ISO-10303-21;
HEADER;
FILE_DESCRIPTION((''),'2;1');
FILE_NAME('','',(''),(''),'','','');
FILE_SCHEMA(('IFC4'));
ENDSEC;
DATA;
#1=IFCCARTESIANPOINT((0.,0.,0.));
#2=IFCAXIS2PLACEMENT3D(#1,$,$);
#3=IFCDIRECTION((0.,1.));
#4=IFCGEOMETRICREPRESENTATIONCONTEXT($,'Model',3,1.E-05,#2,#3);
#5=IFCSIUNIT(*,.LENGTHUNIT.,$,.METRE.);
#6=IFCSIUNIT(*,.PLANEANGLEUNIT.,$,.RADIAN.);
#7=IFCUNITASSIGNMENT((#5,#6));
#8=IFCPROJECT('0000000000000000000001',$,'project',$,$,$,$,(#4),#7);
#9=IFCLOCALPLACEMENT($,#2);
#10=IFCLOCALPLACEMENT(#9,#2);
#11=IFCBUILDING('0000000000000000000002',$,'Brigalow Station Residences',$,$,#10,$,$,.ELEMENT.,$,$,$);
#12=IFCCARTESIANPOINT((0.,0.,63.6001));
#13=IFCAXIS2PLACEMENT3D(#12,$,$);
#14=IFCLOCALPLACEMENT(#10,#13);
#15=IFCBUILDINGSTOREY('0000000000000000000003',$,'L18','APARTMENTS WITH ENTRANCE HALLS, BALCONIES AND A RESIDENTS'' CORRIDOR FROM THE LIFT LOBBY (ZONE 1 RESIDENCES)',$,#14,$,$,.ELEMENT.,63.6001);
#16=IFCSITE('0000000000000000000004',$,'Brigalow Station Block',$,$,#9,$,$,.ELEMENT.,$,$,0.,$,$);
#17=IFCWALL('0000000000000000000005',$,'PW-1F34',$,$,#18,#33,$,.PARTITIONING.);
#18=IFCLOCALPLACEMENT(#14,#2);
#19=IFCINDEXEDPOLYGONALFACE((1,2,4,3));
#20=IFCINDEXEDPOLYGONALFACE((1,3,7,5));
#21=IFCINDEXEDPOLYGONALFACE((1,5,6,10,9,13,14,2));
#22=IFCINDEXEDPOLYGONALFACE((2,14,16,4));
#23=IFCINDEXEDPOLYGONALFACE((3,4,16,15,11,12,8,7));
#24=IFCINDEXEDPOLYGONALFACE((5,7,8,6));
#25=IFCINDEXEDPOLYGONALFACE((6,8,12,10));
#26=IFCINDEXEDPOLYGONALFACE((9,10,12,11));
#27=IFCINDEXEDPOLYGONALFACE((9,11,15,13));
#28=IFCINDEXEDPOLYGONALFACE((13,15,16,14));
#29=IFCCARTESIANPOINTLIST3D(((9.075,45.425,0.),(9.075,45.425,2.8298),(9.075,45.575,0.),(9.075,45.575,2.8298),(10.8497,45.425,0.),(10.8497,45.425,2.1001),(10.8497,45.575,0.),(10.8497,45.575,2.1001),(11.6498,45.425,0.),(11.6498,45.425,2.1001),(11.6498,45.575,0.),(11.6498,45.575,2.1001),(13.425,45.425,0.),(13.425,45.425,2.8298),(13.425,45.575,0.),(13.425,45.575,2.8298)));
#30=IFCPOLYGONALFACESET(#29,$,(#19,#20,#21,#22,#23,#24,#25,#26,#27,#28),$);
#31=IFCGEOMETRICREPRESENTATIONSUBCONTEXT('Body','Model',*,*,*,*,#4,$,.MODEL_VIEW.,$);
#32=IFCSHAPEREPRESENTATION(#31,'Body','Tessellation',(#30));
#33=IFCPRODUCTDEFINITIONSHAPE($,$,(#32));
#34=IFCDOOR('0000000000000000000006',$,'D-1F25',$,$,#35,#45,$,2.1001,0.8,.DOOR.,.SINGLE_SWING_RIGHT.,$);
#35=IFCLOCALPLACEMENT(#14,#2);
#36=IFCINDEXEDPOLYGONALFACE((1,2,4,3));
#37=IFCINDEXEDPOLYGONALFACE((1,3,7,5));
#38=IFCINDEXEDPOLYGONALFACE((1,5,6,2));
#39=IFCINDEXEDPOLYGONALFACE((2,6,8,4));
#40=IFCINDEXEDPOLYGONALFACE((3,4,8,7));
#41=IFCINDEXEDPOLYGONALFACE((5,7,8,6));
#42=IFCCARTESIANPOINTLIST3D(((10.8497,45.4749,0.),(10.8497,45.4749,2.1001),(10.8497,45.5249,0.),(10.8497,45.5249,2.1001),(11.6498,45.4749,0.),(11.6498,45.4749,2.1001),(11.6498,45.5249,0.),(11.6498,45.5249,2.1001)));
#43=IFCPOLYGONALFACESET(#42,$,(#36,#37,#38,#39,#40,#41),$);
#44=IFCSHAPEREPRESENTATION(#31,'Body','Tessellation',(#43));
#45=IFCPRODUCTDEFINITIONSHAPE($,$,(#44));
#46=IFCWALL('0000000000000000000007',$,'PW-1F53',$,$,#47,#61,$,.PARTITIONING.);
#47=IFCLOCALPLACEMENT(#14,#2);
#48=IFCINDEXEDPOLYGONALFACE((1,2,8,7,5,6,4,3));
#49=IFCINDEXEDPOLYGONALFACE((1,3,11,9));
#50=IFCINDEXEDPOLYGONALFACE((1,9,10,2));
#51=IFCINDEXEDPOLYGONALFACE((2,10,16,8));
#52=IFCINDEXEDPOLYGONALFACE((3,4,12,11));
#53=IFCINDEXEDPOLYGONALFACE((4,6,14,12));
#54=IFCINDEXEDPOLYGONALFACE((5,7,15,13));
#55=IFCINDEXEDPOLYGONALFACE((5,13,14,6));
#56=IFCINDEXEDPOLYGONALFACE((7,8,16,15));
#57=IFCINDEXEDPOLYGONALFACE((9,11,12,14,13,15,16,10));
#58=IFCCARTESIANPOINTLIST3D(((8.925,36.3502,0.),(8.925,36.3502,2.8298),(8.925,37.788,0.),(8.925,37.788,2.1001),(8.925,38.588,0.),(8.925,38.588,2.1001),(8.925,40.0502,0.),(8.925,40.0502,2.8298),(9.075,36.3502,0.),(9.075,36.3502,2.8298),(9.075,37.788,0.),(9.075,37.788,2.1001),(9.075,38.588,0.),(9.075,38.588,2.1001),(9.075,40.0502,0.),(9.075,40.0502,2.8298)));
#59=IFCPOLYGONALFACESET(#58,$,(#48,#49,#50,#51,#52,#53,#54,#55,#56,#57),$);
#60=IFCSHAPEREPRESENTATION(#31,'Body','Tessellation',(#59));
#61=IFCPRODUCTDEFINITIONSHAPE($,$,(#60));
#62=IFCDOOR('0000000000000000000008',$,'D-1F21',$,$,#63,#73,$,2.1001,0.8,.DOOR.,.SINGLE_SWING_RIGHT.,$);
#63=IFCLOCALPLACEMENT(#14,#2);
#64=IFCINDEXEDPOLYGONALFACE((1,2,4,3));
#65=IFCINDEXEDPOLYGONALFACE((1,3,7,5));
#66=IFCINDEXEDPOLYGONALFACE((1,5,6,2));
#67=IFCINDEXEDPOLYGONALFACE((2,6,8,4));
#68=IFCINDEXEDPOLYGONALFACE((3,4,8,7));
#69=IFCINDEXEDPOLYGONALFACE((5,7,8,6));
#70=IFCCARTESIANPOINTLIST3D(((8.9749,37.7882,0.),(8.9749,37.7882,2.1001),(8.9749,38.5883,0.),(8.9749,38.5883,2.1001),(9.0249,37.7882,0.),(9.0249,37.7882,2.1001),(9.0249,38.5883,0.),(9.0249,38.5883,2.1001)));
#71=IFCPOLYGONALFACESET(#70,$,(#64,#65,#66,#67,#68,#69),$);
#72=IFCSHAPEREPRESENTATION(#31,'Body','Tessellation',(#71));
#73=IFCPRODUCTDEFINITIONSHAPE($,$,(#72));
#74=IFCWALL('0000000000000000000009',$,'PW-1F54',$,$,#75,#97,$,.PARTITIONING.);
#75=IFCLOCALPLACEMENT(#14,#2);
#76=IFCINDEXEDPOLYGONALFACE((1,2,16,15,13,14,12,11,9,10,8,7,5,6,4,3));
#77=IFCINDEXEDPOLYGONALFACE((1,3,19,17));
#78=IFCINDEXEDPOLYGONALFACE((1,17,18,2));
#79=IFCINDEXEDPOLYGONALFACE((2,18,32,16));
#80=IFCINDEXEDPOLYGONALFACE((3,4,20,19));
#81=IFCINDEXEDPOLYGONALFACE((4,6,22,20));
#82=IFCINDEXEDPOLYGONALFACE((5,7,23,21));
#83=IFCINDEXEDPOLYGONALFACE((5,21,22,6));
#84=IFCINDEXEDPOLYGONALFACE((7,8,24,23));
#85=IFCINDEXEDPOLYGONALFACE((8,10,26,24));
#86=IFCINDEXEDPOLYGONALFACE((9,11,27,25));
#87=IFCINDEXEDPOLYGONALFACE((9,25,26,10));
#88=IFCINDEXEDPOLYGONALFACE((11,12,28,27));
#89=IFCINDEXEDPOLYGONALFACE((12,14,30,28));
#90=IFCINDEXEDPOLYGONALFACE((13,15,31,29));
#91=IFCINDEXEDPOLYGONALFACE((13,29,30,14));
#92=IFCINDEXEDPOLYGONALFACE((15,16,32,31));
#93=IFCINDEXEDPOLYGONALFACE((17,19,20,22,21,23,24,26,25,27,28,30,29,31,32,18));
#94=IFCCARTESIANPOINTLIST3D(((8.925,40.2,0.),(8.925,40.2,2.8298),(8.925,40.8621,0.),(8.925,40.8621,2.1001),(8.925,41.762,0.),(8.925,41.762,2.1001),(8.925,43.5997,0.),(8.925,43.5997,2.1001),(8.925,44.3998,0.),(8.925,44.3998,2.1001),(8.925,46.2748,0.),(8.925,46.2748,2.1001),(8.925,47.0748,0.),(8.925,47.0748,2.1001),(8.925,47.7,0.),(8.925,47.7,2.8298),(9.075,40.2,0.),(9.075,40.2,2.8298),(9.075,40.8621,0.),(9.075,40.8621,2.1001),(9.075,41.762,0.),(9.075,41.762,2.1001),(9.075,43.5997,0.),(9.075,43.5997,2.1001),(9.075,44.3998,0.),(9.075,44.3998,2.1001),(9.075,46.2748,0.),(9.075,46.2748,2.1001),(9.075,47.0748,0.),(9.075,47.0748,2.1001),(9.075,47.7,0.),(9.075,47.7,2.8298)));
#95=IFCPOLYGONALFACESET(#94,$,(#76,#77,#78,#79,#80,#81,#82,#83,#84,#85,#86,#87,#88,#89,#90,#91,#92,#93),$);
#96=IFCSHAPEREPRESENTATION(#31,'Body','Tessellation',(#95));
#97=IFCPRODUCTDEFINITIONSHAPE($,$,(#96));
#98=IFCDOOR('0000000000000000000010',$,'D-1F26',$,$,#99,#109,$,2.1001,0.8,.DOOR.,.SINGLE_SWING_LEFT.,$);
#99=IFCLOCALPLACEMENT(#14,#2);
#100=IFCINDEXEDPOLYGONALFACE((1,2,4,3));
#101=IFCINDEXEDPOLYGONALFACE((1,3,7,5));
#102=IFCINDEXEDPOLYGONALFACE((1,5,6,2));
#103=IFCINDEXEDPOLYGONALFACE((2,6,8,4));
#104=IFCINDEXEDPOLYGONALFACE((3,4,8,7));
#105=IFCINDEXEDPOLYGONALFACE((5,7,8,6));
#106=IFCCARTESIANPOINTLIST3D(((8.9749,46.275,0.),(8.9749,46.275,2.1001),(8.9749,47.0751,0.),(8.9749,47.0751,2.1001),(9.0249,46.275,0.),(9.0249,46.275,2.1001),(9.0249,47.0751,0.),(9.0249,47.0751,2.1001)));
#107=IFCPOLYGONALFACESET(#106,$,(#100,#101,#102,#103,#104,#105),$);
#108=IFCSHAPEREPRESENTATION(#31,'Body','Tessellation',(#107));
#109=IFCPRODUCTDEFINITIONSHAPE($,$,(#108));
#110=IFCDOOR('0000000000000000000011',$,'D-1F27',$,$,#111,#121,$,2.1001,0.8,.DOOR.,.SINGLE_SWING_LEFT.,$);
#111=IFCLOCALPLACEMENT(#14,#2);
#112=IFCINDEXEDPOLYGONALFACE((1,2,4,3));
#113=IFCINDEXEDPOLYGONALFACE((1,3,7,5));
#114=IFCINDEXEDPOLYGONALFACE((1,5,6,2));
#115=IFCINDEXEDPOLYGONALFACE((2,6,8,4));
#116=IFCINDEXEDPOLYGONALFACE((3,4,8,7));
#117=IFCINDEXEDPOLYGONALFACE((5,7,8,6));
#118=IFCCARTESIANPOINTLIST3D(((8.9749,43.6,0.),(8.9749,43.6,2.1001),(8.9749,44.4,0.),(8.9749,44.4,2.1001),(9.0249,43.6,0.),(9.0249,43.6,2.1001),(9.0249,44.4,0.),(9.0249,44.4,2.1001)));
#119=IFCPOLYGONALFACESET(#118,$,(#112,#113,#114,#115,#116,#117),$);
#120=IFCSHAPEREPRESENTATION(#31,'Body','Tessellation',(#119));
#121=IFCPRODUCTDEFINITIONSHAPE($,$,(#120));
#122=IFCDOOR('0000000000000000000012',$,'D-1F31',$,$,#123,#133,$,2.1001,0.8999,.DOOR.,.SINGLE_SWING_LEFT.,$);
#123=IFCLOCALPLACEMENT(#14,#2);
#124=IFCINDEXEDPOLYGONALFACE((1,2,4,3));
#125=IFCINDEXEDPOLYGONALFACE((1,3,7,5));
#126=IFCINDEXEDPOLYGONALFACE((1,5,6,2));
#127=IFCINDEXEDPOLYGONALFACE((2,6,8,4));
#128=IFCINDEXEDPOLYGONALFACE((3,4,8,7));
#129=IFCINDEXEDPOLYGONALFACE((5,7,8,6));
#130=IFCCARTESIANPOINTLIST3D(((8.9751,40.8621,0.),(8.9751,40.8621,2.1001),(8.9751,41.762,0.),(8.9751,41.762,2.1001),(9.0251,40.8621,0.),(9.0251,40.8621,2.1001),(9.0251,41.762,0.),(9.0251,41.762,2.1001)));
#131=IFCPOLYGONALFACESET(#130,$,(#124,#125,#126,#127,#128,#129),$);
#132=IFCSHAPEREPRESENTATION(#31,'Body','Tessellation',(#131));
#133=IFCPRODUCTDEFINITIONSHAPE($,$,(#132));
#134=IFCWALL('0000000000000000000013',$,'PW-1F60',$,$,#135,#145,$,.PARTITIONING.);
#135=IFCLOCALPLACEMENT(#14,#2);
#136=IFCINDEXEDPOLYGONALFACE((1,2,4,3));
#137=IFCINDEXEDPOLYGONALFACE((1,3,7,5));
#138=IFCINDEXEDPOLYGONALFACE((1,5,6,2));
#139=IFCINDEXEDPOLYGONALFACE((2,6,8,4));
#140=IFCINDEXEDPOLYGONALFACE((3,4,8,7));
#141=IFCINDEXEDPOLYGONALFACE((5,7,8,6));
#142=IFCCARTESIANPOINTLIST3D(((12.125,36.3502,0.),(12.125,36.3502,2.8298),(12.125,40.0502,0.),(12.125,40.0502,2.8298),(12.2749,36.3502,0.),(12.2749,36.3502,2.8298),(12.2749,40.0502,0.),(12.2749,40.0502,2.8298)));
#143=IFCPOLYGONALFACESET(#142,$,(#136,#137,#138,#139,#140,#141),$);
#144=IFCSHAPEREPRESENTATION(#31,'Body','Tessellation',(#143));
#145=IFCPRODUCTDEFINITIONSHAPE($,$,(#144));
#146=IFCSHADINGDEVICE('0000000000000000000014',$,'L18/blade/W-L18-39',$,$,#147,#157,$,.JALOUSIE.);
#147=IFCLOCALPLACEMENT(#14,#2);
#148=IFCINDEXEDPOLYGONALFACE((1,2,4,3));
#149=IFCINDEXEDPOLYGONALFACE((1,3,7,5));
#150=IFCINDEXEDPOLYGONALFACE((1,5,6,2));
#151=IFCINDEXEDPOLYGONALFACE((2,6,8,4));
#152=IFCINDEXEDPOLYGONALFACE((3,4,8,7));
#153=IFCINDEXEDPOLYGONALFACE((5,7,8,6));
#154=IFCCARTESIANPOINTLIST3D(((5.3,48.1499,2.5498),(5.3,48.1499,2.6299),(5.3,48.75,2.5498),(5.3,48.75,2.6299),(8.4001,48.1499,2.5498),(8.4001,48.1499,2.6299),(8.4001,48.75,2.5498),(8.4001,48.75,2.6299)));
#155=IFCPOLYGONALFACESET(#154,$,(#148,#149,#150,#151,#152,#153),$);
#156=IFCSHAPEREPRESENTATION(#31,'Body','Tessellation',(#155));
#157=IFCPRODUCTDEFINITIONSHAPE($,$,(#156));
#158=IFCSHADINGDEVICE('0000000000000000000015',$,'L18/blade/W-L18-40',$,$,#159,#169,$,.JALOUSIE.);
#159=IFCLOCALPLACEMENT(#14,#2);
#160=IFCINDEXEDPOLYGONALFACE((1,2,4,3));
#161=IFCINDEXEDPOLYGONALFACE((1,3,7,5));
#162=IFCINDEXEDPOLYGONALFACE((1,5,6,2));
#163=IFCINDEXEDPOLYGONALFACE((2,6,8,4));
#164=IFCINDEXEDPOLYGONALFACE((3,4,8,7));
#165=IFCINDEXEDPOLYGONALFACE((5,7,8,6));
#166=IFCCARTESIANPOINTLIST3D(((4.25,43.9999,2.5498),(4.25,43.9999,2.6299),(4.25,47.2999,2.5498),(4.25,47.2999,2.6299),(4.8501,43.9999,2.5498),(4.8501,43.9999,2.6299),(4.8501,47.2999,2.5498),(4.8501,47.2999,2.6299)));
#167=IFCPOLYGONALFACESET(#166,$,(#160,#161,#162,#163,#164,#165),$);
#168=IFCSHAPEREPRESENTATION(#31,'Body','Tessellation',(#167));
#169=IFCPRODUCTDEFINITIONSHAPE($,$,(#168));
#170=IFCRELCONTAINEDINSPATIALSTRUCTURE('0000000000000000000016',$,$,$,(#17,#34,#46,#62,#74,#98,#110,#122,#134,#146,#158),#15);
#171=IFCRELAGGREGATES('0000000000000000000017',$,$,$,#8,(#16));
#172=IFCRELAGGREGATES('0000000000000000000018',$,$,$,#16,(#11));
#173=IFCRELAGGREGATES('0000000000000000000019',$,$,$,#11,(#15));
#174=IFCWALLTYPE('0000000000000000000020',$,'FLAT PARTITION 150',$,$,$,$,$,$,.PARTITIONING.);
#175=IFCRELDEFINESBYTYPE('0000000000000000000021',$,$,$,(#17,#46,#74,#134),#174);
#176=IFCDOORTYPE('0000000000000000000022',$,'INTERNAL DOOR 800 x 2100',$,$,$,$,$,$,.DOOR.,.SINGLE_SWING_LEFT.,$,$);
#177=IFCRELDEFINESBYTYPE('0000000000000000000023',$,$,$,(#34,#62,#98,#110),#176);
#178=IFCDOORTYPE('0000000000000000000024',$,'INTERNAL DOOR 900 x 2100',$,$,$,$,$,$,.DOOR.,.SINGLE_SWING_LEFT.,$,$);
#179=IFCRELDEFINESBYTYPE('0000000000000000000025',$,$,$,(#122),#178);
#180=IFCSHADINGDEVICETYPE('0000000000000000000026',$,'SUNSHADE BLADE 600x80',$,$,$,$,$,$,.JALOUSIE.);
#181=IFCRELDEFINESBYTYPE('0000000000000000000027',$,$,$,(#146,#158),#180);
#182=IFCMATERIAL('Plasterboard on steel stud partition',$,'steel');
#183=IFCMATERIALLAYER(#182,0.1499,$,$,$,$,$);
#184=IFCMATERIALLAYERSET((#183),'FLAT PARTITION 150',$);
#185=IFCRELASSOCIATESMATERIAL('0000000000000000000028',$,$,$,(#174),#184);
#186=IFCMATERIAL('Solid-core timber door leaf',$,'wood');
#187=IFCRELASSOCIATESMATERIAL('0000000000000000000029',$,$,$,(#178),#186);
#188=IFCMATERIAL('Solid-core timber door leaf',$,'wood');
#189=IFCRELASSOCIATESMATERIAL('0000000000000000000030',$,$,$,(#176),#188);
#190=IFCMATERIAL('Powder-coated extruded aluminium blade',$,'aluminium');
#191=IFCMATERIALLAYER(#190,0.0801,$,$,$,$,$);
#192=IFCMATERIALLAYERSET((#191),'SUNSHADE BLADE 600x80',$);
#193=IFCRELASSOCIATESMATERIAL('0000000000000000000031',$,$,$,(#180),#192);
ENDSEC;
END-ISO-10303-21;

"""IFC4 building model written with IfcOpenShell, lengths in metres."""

from ifc_helpers import new_model, si_unit, direction, frame, frame_2d, origin, origin_2d, place, context, subcontext, project, spatial, rectangle, extrude, material, layer, layer_set, type_object, element, fill, save


model = new_model("IFC4")

# Units and contexts
model_context = context("Model", 3, precision=1e-05, world=origin(), true_north=direction((0.0, 1.0)))
body_context = subcontext(model_context, "Body", "Model", "MODEL_VIEW")
ifc_project = project(units=[si_unit("LENGTHUNIT", "METRE"), si_unit("PLANEANGLEUNIT", "RADIAN")], contexts=[model_context])

# Site, building, storey
site_placement = place(None, origin())
site = spatial("IfcSite", under=ifc_project, at=site_placement, Name="Brigalow Station Block", CompositionType="ELEMENT", RefElevation=0.0)
building_placement = place(site_placement, origin())
building = spatial("IfcBuilding", under=site, at=building_placement, Name="Brigalow Station Residences", CompositionType="ELEMENT")
storey_placement = place(building_placement, frame((0.0, 0.0, 63.6001)))
storey = spatial("IfcBuildingStorey", under=building, at=storey_placement, Name="L18", Description="APARTMENTS WITH ENTRANCE HALLS, BALCONIES AND A RESIDENTS' CORRIDOR FROM THE LIFT LOBBY (ZONE 1 RESIDENCES)", CompositionType="ELEMENT", Elevation=63.6001)

# Shared definitions
ifc_material_1 = material(Name="Plasterboard on steel stud partition", Category="steel")
ifc_layer_1 = layer(ifc_material_1, 0.1499)
ifc_layer_set_1 = layer_set([ifc_layer_1], Name="FLAT PARTITION 150")
wall_type_1 = type_object("IfcWallType", Name="FLAT PARTITION 150", PredefinedType="PARTITIONING", material=ifc_layer_set_1)
ifc_material_2 = material(Name="Solid-core timber door leaf", Category="wood")
door_type_1 = type_object("IfcDoorType", Name="INTERNAL DOOR 900 x 2100", OperationType="SINGLE_SWING_LEFT", PredefinedType="DOOR", material=ifc_material_2)

# Walls, openings, doors
wall_1_placement = place(storey_placement, frame((9.075, 45.5, 0.0), z_axis=(0.0, 0.0, 1.0), x_axis=(1.0, 0.0, 0.0)))
wall_1 = element("IfcWall", 1, at=wall_1_placement, inside=storey, type_object=wall_type_1, Name="PW-1F34", PredefinedType="PARTITIONING", context=body_context, shape_type="SweptSolid", body=[
    extrude(rectangle(XDim=4.3501, YDim=0.1499, at=frame_2d((2.175, 0.0))), origin(), (0.0, 0.0, 1.0), 2.8298),
])
opening_1_placement = place(wall_1_placement, frame((1.7749, 0.0, 0.0)))
opening_1 = element("IfcOpeningElement", 2, at=opening_1_placement, cuts=wall_1, PredefinedType="OPENING", context=body_context, shape_type="SweptSolid", body=[
    extrude(rectangle(XDim=0.8, YDim=2.1001, at=frame_2d((0.3999, 1.05))), frame((0.0, 0.085, 0.0), z_axis=(0.0, -1.0, 0.0), x_axis=(1.0, 0.0, 0.0)), (0.0, 0.0, 1.0), 0.1699),
])
ifc_material_3 = material(Name="Solid-core timber door leaf", Category="wood")
door_type_2 = type_object("IfcDoorType", Name="INTERNAL DOOR 800 x 2100", OperationType="SINGLE_SWING_LEFT", PredefinedType="DOOR", material=ifc_material_3)
door_1_placement = place(opening_1_placement, origin())
door_1 = element("IfcDoor", 3, at=door_1_placement, inside=storey, type_object=door_type_2, Name="D-1F25", OperationType="SINGLE_SWING_RIGHT", OverallHeight=2.1001, OverallWidth=0.8, PredefinedType="DOOR", context=body_context, shape_type="SweptSolid", body=[
    extrude(rectangle(XDim=0.8, YDim=2.1001, at=frame_2d((0.3999, 1.05))), frame((0.0, 0.0249, 0.0), z_axis=(0.0, -1.0, 0.0), x_axis=(1.0, 0.0, 0.0)), (0.0, 0.0, 1.0), 0.05),
])
fill(opening_1, door_1)
wall_2_placement = place(storey_placement, frame((9.0, 36.3501, 0.0), z_axis=(0.0, 0.0, 1.0), x_axis=(0.0, 1.0, 0.0)))
wall_2 = element("IfcWall", 4, at=wall_2_placement, inside=storey, type_object=wall_type_1, Name="PW-1F53", PredefinedType="PARTITIONING", context=body_context, shape_type="SweptSolid", body=[
    extrude(rectangle(XDim=3.7, YDim=0.1499, at=frame_2d((1.8501, 0.0))), origin(), (0.0, 0.0, 1.0), 2.8298),
])
opening_2_placement = place(wall_2_placement, frame((1.438, 0.0, 0.0)))
opening_2 = element("IfcOpeningElement", 5, at=opening_2_placement, cuts=wall_2, PredefinedType="OPENING", context=body_context, shape_type="SweptSolid", body=[
    extrude(rectangle(XDim=0.8, YDim=2.1001, at=frame_2d((0.3999, 1.05))), frame((0.0, 0.085, 0.0), z_axis=(0.0, -1.0, 0.0), x_axis=(1.0, 0.0, 0.0)), (0.0, 0.0, 1.0), 0.1699),
])
door_2_placement = place(opening_2_placement, frame((0.8, 0.0, 0.0), z_axis=(0.0, 0.0, 1.0), x_axis=(-1.0, 0.0, 0.0)))
door_2 = element("IfcDoor", 6, at=door_2_placement, inside=storey, type_object=door_type_2, Name="D-1F21", OperationType="SINGLE_SWING_RIGHT", OverallHeight=2.1001, OverallWidth=0.8, PredefinedType="DOOR", context=body_context, shape_type="SweptSolid", body=[
    extrude(rectangle(XDim=0.8, YDim=2.1001, at=frame_2d((0.3999, 1.05))), frame((0.0, 0.0249, 0.0), z_axis=(0.0, -1.0, 0.0), x_axis=(1.0, 0.0, 0.0)), (0.0, 0.0, 1.0), 0.05),
])
fill(opening_2, door_2)

# Wall, openings, doors
wall_3_placement = place(storey_placement, frame((9.0, 40.2, 0.0), z_axis=(0.0, 0.0, 1.0), x_axis=(0.0, 1.0, 0.0)))
wall_3 = element("IfcWall", 7, at=wall_3_placement, inside=storey, type_object=wall_type_1, Name="PW-1F54", PredefinedType="PARTITIONING", context=body_context, shape_type="SweptSolid", body=[
    extrude(rectangle(XDim=7.5, YDim=0.1499, at=frame_2d((3.75, 0.0))), origin(), (0.0, 0.0, 1.0), 2.8298),
])
opening_3_placement = place(wall_3_placement, frame((6.075, 0.0, 0.0)))
opening_3 = element("IfcOpeningElement", 8, at=opening_3_placement, cuts=wall_3, PredefinedType="OPENING", context=body_context, shape_type="SweptSolid", body=[
    extrude(rectangle(XDim=0.8, YDim=2.1001, at=frame_2d((0.3999, 1.05))), frame((0.0, 0.085, 0.0), z_axis=(0.0, -1.0, 0.0), x_axis=(1.0, 0.0, 0.0)), (0.0, 0.0, 1.0), 0.1699),
])
opening_4_placement = place(wall_3_placement, frame((3.3999, 0.0, 0.0)))
opening_4 = element("IfcOpeningElement", 9, at=opening_4_placement, cuts=wall_3, PredefinedType="OPENING", context=body_context, shape_type="SweptSolid", body=[
    extrude(rectangle(XDim=0.8, YDim=2.1001, at=frame_2d((0.3999, 1.05))), frame((0.0, 0.085, 0.0), z_axis=(0.0, -1.0, 0.0), x_axis=(1.0, 0.0, 0.0)), (0.0, 0.0, 1.0), 0.1699),
])
opening_5_placement = place(wall_3_placement, frame((0.6621, 0.0, 0.0)))
opening_5 = element("IfcOpeningElement", 10, at=opening_5_placement, cuts=wall_3, PredefinedType="OPENING", context=body_context, shape_type="SweptSolid", body=[
    extrude(rectangle(XDim=0.8999, YDim=2.1001, at=frame_2d((0.45, 1.05))), frame((0.0, 0.085, 0.0), z_axis=(0.0, -1.0, 0.0), x_axis=(1.0, 0.0, 0.0)), (0.0, 0.0, 1.0), 0.1699),
])
door_3_placement = place(opening_3_placement, frame((0.8, 0.0, 0.0), z_axis=(0.0, 0.0, 1.0), x_axis=(-1.0, 0.0, 0.0)))
door_3 = element("IfcDoor", 11, at=door_3_placement, inside=storey, type_object=door_type_2, Name="D-1F26", OperationType="SINGLE_SWING_LEFT", OverallHeight=2.1001, OverallWidth=0.8, PredefinedType="DOOR", context=body_context, shape_type="SweptSolid", body=[
    extrude(rectangle(XDim=0.8, YDim=2.1001, at=frame_2d((0.3999, 1.05))), frame((0.0, 0.0249, 0.0), z_axis=(0.0, -1.0, 0.0), x_axis=(1.0, 0.0, 0.0)), (0.0, 0.0, 1.0), 0.05),
])
fill(opening_3, door_3)
door_4_placement = place(opening_4_placement, frame((0.8, 0.0, 0.0), z_axis=(0.0, 0.0, 1.0), x_axis=(-1.0, 0.0, 0.0)))
door_4 = element("IfcDoor", 12, at=door_4_placement, inside=storey, type_object=door_type_2, Name="D-1F27", OperationType="SINGLE_SWING_LEFT", OverallHeight=2.1001, OverallWidth=0.8, PredefinedType="DOOR", context=body_context, shape_type="SweptSolid", body=[
    extrude(rectangle(XDim=0.8, YDim=2.1001, at=frame_2d((0.3999, 1.05))), frame((0.0, 0.0249, 0.0), z_axis=(0.0, -1.0, 0.0), x_axis=(1.0, 0.0, 0.0)), (0.0, 0.0, 1.0), 0.05),
])
fill(opening_4, door_4)
door_5_placement = place(opening_5_placement, origin())
door_5 = element("IfcDoor", 13, at=door_5_placement, inside=storey, type_object=door_type_1, Name="D-1F31", OperationType="SINGLE_SWING_LEFT", OverallHeight=2.1001, OverallWidth=0.8999, PredefinedType="DOOR", context=body_context, shape_type="SweptSolid", body=[
    extrude(rectangle(XDim=0.8999, YDim=2.1001, at=frame_2d((0.45, 1.05))), frame((0.0, 0.0249, 0.0), z_axis=(0.0, -1.0, 0.0), x_axis=(1.0, 0.0, 0.0)), (0.0, 0.0, 1.0), 0.05),
])
fill(opening_5, door_5)

# Wall
wall_4_placement = place(storey_placement, frame((12.2, 36.3501, 0.0), z_axis=(0.0, 0.0, 1.0), x_axis=(0.0, 1.0, 0.0)))
element("IfcWall", 14, at=wall_4_placement, inside=storey, type_object=wall_type_1, Name="PW-1F60", PredefinedType="PARTITIONING", context=body_context, shape_type="SweptSolid", body=[
    extrude(rectangle(XDim=3.7, YDim=0.1499, at=frame_2d((1.8501, 0.0))), origin(), (0.0, 0.0, 1.0), 2.8298),
])

# Shading devices
ifc_material_4 = material(Name="Powder-coated extruded aluminium blade", Category="aluminium")
ifc_layer_2 = layer(ifc_material_4, 0.0801)
ifc_layer_set_2 = layer_set([ifc_layer_2], Name="SUNSHADE BLADE 600x80")
shading_device_type = type_object("IfcShadingDeviceType", Name="SUNSHADE BLADE 600x80", PredefinedType="JALOUSIE", material=ifc_layer_set_2)
shading_device_1_placement = place(storey_placement, frame((6.8501, 48.45, 2.5498), z_axis=(0.0, 0.0, 1.0), x_axis=(-1.0, 0.0, 0.0)))
element("IfcShadingDevice", 15, at=shading_device_1_placement, inside=storey, type_object=shading_device_type, Name="L18/blade/W-L18-39", PredefinedType="JALOUSIE", context=body_context, shape_type="SweptSolid", body=[
    extrude(rectangle(XDim=3.1001, YDim=0.6001, at=origin_2d()), origin(), (0.0, 0.0, 1.0), 0.0801),
])
shading_device_2_placement = place(storey_placement, frame((4.55, 45.6499, 2.5498), z_axis=(0.0, 0.0, 1.0), x_axis=(0.0, -1.0, 0.0)))
element("IfcShadingDevice", 16, at=shading_device_2_placement, inside=storey, type_object=shading_device_type, Name="L18/blade/W-L18-40", PredefinedType="JALOUSIE", context=body_context, shape_type="SweptSolid", body=[
    extrude(rectangle(XDim=3.3, YDim=0.6001, at=origin_2d()), origin(), (0.0, 0.0, 1.0), 0.0801),
])

save(model, "model.ifc")
